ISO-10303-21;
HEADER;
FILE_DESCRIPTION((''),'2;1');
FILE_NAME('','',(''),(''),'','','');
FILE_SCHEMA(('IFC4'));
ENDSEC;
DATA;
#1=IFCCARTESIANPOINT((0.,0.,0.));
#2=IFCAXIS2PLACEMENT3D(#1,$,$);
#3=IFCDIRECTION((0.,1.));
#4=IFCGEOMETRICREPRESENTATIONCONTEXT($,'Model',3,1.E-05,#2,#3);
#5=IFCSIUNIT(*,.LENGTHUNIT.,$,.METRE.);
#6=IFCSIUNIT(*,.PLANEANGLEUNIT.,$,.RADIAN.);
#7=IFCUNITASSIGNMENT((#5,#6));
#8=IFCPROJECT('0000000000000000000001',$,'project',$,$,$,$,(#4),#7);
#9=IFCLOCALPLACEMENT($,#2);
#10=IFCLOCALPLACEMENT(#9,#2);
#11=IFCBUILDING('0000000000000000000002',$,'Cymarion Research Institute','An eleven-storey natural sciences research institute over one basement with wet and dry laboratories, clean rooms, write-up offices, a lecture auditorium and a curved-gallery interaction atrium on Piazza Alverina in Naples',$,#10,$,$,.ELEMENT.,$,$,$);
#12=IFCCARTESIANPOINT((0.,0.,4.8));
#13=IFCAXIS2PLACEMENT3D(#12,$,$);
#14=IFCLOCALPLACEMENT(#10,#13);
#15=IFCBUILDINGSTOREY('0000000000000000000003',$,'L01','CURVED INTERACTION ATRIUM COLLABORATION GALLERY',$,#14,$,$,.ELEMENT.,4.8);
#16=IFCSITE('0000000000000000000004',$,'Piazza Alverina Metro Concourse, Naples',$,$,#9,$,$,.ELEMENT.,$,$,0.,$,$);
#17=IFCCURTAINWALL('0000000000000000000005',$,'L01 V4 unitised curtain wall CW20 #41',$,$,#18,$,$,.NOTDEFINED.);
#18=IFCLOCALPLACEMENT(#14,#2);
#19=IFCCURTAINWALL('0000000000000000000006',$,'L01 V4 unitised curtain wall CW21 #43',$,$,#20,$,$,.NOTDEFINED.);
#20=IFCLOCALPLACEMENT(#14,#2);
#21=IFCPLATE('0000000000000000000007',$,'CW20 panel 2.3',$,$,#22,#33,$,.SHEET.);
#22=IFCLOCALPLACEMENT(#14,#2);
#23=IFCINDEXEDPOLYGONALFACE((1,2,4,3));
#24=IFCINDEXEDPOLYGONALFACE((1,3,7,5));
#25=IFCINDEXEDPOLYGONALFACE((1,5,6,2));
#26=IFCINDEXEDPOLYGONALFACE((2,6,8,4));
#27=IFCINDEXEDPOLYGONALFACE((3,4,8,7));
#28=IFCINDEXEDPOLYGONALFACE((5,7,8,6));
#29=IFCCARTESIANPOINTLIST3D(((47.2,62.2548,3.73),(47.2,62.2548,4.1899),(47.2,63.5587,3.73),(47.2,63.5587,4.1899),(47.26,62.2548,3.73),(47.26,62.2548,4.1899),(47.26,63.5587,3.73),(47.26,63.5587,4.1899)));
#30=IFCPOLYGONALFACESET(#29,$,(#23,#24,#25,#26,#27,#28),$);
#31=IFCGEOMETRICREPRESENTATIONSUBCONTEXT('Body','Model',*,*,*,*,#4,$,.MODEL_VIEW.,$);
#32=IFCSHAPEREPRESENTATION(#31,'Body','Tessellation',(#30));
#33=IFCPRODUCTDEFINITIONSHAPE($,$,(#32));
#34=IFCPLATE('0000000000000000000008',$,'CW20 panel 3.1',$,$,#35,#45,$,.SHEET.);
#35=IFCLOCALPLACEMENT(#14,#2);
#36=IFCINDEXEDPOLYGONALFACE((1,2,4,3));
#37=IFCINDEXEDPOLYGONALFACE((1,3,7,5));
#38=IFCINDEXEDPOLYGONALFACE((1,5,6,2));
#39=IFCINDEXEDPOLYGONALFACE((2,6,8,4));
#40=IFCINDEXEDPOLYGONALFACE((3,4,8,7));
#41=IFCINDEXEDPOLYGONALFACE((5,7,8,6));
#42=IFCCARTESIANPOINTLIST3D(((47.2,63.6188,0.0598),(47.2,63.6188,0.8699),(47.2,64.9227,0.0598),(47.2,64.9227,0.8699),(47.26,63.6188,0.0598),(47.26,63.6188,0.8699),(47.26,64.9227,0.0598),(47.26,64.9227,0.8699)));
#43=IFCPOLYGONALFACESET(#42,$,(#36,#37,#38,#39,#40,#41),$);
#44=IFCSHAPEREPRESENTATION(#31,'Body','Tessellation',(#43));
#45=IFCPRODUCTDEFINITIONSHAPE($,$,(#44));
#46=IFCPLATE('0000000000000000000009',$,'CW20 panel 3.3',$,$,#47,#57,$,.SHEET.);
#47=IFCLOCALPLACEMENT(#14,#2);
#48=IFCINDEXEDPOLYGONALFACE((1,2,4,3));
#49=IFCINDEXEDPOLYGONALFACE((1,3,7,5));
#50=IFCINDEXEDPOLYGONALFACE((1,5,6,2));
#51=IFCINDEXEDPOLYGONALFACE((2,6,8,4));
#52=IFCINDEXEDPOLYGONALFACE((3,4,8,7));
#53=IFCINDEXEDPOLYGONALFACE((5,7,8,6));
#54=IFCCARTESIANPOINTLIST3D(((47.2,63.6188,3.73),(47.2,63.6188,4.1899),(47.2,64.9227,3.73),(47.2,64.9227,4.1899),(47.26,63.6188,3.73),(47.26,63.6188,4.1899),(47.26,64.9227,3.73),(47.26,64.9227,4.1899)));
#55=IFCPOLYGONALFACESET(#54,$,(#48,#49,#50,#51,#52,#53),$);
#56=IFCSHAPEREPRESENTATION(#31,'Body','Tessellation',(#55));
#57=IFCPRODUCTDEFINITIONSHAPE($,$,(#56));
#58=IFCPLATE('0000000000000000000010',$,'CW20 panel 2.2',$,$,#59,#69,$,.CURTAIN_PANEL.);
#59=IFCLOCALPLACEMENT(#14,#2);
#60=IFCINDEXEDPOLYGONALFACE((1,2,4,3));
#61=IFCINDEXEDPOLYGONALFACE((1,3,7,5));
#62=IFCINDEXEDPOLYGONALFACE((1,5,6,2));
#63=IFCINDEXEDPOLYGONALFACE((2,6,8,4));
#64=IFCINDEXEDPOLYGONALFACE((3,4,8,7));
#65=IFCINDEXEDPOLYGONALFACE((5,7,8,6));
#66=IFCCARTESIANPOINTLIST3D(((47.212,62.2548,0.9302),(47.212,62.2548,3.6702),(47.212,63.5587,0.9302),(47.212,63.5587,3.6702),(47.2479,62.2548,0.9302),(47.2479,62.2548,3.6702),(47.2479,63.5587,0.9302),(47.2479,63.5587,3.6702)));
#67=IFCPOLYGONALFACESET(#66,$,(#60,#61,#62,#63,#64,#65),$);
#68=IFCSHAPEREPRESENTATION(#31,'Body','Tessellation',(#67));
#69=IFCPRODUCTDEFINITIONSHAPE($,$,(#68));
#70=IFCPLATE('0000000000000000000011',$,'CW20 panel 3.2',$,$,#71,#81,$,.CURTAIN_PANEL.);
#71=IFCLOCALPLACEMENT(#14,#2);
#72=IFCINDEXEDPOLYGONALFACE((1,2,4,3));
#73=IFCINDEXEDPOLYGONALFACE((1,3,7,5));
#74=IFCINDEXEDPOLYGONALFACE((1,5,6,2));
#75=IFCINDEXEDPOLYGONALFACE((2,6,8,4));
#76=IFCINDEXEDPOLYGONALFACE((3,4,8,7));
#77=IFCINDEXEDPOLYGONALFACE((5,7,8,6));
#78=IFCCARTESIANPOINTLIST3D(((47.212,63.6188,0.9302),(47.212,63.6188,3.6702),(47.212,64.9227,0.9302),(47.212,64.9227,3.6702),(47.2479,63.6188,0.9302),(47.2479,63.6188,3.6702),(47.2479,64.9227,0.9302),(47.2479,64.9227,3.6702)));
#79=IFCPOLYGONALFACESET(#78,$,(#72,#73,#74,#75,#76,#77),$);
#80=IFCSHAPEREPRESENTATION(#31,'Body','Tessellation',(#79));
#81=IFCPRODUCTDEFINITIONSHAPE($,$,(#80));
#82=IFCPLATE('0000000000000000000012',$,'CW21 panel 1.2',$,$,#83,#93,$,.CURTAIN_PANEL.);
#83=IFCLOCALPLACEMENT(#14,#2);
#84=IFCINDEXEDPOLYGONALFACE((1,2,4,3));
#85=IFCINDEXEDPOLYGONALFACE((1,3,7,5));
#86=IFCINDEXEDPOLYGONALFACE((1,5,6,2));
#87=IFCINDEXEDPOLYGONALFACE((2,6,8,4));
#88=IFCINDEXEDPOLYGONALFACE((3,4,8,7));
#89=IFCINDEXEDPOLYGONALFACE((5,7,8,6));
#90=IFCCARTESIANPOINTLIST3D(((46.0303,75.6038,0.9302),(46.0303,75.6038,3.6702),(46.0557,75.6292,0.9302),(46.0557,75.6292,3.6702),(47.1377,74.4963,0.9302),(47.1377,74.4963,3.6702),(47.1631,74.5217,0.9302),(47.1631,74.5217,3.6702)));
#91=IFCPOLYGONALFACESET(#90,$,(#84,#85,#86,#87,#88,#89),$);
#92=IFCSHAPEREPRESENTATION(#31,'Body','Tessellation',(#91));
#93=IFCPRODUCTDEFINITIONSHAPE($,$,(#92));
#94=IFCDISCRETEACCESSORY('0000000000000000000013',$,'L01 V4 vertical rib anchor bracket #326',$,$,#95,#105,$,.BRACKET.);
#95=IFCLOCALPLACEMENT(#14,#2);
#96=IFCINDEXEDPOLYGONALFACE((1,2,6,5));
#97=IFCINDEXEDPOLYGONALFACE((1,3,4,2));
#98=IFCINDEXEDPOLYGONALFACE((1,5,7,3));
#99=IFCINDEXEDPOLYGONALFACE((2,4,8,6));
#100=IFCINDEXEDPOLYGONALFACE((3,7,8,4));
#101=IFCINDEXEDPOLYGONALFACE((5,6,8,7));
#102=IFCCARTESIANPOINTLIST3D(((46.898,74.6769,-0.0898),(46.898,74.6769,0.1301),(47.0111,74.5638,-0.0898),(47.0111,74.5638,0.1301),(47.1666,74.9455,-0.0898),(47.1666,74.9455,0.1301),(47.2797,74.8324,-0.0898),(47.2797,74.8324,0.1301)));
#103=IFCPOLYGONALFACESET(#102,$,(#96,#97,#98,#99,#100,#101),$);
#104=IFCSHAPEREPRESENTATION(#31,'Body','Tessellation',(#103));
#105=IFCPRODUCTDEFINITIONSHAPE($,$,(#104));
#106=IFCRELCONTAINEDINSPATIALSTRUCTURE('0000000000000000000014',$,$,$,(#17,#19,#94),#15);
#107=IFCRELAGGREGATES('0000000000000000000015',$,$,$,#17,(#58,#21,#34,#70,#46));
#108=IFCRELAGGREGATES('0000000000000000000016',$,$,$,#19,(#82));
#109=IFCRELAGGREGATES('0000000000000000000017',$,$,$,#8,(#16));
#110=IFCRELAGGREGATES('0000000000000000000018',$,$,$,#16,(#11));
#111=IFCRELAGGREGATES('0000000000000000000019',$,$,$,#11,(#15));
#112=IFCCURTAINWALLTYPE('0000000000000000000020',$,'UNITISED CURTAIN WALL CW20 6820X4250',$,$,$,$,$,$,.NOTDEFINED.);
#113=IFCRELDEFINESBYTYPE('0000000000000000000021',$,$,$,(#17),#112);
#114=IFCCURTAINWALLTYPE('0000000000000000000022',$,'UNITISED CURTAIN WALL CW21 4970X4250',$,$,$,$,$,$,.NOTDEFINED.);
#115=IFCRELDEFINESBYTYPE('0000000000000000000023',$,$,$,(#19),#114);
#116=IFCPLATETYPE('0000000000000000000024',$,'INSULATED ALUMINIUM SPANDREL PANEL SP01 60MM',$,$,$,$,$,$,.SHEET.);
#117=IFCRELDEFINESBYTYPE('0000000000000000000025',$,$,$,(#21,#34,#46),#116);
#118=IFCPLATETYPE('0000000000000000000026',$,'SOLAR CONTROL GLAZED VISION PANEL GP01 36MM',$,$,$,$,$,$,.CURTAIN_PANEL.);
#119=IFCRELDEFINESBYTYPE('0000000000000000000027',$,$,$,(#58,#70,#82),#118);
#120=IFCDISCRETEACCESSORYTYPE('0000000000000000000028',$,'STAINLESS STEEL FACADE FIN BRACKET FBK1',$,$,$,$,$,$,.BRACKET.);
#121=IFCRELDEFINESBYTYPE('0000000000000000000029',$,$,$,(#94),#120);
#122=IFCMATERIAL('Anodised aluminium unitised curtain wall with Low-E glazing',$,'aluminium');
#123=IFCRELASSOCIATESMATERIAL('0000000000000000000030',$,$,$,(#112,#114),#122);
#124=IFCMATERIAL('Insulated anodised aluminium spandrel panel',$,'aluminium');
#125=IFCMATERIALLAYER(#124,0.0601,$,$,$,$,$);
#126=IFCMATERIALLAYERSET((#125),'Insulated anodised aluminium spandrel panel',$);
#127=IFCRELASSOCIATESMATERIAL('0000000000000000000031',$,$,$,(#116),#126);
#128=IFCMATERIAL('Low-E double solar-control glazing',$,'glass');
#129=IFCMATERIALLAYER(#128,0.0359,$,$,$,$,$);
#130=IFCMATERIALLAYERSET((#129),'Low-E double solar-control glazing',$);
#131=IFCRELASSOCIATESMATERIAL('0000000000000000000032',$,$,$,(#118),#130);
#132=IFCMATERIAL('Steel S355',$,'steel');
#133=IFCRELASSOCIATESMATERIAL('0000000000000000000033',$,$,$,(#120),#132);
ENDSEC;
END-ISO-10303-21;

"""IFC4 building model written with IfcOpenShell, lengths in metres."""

from ifc_helpers import new_model, si_unit, direction, frame, origin, origin_2d, place, context, subcontext, project, spatial, rectangle, extrude, material, layer, layer_set, type_object, element, aggregate, save


model = new_model("IFC4")

# Units and contexts
model_context = context("Model", 3, precision=1e-05, world=origin(), true_north=direction((0.0, 1.0)))
body_context = subcontext(model_context, "Body", "Model", "MODEL_VIEW")
ifc_project = project(units=[si_unit("LENGTHUNIT", "METRE"), si_unit("PLANEANGLEUNIT", "RADIAN")], contexts=[model_context])

# Site, building, storey
site_placement = place(None, origin())
site = spatial("IfcSite", under=ifc_project, at=site_placement, Name="Piazza Alverina Metro Concourse, Naples", CompositionType="ELEMENT", RefElevation=0.0)
building_placement = place(site_placement, origin())
building = spatial("IfcBuilding", under=site, at=building_placement, Name="Cymarion Research Institute", Description="An eleven-storey natural sciences research institute over one basement with wet and dry laboratories, clean rooms, write-up offices, a lecture auditorium and a curved-gallery interaction atrium on Piazza Alverina in Naples", CompositionType="ELEMENT")
storey_placement = place(building_placement, frame((0.0, 0.0, 4.8)))
storey = spatial("IfcBuildingStorey", under=building, at=storey_placement, Name="L01", Description="CURVED INTERACTION ATRIUM COLLABORATION GALLERY", CompositionType="ELEMENT", Elevation=4.8)

# Shared definitions
ifc_material_1 = material(Name="Steel S355", Category="steel")

# Curtain wall
ifc_material_2 = material(Name="Anodised aluminium unitised curtain wall with Low-E glazing", Category="aluminium")
curtain_wall_type_1 = type_object("IfcCurtainWallType", Name="UNITISED CURTAIN WALL CW20 6820X4250", PredefinedType="NOTDEFINED", material=ifc_material_2)
curtain_wall_1_placement = place(storey_placement, origin())
curtain_wall_1 = element("IfcCurtainWall", 1, at=curtain_wall_1_placement, inside=storey, type_object=curtain_wall_type_1, Name="L01 V4 unitised curtain wall CW20 #41", PredefinedType="NOTDEFINED")

# Curtain wall
curtain_wall_type_2 = type_object("IfcCurtainWallType", Name="UNITISED CURTAIN WALL CW21 4970X4250", PredefinedType="NOTDEFINED", material=ifc_material_2)
curtain_wall_2_placement = place(storey_placement, origin())
curtain_wall_2 = element("IfcCurtainWall", 2, at=curtain_wall_2_placement, inside=storey, type_object=curtain_wall_type_2, Name="L01 V4 unitised curtain wall CW21 #43", PredefinedType="NOTDEFINED")

# Plates
ifc_material_3 = material(Name="Insulated anodised aluminium spandrel panel", Category="aluminium")
ifc_layer_1 = layer(ifc_material_3, 0.0601)
ifc_layer_set_1 = layer_set([ifc_layer_1], Name="Insulated anodised aluminium spandrel panel")
plate_type_1 = type_object("IfcPlateType", Name="INSULATED ALUMINIUM SPANDREL PANEL SP01 60MM", PredefinedType="SHEET", material=ifc_layer_set_1)
plate_1_placement = place(storey_placement, frame((47.23, 62.9067, 3.73), z_axis=(0.0, 0.0, 1.0), x_axis=(0.0, 1.0, 0.0)))
plate_1 = element("IfcPlate", 3, at=plate_1_placement, type_object=plate_type_1, Name="CW20 panel 2.3", PredefinedType="SHEET", context=body_context, shape_type="SweptSolid", body=[
    extrude(rectangle(XDim=1.304, YDim=0.0601, at=origin_2d()), origin(), (0.0, 0.0, 1.0), 0.46),
])
plate_2_placement = place(storey_placement, frame((47.23, 64.2708, 0.0598), z_axis=(0.0, 0.0, 1.0), x_axis=(0.0, 1.0, 0.0)))
plate_2 = element("IfcPlate", 4, at=plate_2_placement, type_object=plate_type_1, Name="CW20 panel 3.1", PredefinedType="SHEET", context=body_context, shape_type="SweptSolid", body=[
    extrude(rectangle(XDim=1.304, YDim=0.0601, at=origin_2d()), origin(), (0.0, 0.0, 1.0), 0.8101),
])
plate_3_placement = place(storey_placement, frame((47.23, 64.2708, 3.73), z_axis=(0.0, 0.0, 1.0), x_axis=(0.0, 1.0, 0.0)))
plate_3 = element("IfcPlate", 5, at=plate_3_placement, type_object=plate_type_1, Name="CW20 panel 3.3", PredefinedType="SHEET", context=body_context, shape_type="SweptSolid", body=[
    extrude(rectangle(XDim=1.304, YDim=0.0601, at=origin_2d()), origin(), (0.0, 0.0, 1.0), 0.46),
])
ifc_material_4 = material(Name="Low-E double solar-control glazing", Category="glass")
ifc_layer_2 = layer(ifc_material_4, 0.0359)
ifc_layer_set_2 = layer_set([ifc_layer_2], Name="Low-E double solar-control glazing")
plate_type_2 = type_object("IfcPlateType", Name="SOLAR CONTROL GLAZED VISION PANEL GP01 36MM", PredefinedType="CURTAIN_PANEL", material=ifc_layer_set_2)
plate_4_placement = place(storey_placement, frame((47.23, 62.9067, 0.9302), z_axis=(0.0, 0.0, 1.0), x_axis=(0.0, 1.0, 0.0)))
plate_4 = element("IfcPlate", 6, at=plate_4_placement, type_object=plate_type_2, Name="CW20 panel 2.2", PredefinedType="CURTAIN_PANEL", context=body_context, shape_type="SweptSolid", body=[
    extrude(rectangle(XDim=1.304, YDim=0.0359, at=origin_2d()), origin(), (0.0, 0.0, 1.0), 2.74),
])
plate_5_placement = place(storey_placement, frame((47.23, 64.2708, 0.9302), z_axis=(0.0, 0.0, 1.0), x_axis=(0.0, 1.0, 0.0)))
plate_5 = element("IfcPlate", 7, at=plate_5_placement, type_object=plate_type_2, Name="CW20 panel 3.2", PredefinedType="CURTAIN_PANEL", context=body_context, shape_type="SweptSolid", body=[
    extrude(rectangle(XDim=1.304, YDim=0.0359, at=origin_2d()), origin(), (0.0, 0.0, 1.0), 2.74),
])
aggregate(curtain_wall_1, [plate_4, plate_1, plate_2, plate_5, plate_3])
plate_6_placement = place(storey_placement, frame((46.5967, 75.0627, 0.9302), z_axis=(0.0, 0.0, 1.0), x_axis=(-0.707097, 0.707117, 0.0)))
plate_6 = element("IfcPlate", 8, at=plate_6_placement, type_object=plate_type_2, Name="CW21 panel 1.2", PredefinedType="CURTAIN_PANEL", context=body_context, shape_type="SweptSolid", body=[
    extrude(rectangle(XDim=1.5662, YDim=0.0359, at=origin_2d()), origin(), (0.0, 0.0, 1.0), 2.74),
])
aggregate(curtain_wall_2, [plate_6])

# Discrete accessory
discrete_accessory_type = type_object("IfcDiscreteAccessoryType", Name="STAINLESS STEEL FACADE FIN BRACKET FBK1", PredefinedType="BRACKET", material=ifc_material_1)
discrete_accessory_placement = place(storey_placement, frame((47.0889, 74.7546, -0.0898), z_axis=(0.0, 0.0, 1.0), x_axis=(0.707107, 0.707107, 0.0)))
element("IfcDiscreteAccessory", 9, at=discrete_accessory_placement, inside=storey, type_object=discrete_accessory_type, Name="L01 V4 vertical rib anchor bracket #326", PredefinedType="BRACKET", context=body_context, shape_type="SweptSolid", body=[
    extrude(rectangle(XDim=0.3799, YDim=0.1599, at=origin_2d()), origin(), (0.0, 0.0, 1.0), 0.22),
])

save(model, "model.ifc")
